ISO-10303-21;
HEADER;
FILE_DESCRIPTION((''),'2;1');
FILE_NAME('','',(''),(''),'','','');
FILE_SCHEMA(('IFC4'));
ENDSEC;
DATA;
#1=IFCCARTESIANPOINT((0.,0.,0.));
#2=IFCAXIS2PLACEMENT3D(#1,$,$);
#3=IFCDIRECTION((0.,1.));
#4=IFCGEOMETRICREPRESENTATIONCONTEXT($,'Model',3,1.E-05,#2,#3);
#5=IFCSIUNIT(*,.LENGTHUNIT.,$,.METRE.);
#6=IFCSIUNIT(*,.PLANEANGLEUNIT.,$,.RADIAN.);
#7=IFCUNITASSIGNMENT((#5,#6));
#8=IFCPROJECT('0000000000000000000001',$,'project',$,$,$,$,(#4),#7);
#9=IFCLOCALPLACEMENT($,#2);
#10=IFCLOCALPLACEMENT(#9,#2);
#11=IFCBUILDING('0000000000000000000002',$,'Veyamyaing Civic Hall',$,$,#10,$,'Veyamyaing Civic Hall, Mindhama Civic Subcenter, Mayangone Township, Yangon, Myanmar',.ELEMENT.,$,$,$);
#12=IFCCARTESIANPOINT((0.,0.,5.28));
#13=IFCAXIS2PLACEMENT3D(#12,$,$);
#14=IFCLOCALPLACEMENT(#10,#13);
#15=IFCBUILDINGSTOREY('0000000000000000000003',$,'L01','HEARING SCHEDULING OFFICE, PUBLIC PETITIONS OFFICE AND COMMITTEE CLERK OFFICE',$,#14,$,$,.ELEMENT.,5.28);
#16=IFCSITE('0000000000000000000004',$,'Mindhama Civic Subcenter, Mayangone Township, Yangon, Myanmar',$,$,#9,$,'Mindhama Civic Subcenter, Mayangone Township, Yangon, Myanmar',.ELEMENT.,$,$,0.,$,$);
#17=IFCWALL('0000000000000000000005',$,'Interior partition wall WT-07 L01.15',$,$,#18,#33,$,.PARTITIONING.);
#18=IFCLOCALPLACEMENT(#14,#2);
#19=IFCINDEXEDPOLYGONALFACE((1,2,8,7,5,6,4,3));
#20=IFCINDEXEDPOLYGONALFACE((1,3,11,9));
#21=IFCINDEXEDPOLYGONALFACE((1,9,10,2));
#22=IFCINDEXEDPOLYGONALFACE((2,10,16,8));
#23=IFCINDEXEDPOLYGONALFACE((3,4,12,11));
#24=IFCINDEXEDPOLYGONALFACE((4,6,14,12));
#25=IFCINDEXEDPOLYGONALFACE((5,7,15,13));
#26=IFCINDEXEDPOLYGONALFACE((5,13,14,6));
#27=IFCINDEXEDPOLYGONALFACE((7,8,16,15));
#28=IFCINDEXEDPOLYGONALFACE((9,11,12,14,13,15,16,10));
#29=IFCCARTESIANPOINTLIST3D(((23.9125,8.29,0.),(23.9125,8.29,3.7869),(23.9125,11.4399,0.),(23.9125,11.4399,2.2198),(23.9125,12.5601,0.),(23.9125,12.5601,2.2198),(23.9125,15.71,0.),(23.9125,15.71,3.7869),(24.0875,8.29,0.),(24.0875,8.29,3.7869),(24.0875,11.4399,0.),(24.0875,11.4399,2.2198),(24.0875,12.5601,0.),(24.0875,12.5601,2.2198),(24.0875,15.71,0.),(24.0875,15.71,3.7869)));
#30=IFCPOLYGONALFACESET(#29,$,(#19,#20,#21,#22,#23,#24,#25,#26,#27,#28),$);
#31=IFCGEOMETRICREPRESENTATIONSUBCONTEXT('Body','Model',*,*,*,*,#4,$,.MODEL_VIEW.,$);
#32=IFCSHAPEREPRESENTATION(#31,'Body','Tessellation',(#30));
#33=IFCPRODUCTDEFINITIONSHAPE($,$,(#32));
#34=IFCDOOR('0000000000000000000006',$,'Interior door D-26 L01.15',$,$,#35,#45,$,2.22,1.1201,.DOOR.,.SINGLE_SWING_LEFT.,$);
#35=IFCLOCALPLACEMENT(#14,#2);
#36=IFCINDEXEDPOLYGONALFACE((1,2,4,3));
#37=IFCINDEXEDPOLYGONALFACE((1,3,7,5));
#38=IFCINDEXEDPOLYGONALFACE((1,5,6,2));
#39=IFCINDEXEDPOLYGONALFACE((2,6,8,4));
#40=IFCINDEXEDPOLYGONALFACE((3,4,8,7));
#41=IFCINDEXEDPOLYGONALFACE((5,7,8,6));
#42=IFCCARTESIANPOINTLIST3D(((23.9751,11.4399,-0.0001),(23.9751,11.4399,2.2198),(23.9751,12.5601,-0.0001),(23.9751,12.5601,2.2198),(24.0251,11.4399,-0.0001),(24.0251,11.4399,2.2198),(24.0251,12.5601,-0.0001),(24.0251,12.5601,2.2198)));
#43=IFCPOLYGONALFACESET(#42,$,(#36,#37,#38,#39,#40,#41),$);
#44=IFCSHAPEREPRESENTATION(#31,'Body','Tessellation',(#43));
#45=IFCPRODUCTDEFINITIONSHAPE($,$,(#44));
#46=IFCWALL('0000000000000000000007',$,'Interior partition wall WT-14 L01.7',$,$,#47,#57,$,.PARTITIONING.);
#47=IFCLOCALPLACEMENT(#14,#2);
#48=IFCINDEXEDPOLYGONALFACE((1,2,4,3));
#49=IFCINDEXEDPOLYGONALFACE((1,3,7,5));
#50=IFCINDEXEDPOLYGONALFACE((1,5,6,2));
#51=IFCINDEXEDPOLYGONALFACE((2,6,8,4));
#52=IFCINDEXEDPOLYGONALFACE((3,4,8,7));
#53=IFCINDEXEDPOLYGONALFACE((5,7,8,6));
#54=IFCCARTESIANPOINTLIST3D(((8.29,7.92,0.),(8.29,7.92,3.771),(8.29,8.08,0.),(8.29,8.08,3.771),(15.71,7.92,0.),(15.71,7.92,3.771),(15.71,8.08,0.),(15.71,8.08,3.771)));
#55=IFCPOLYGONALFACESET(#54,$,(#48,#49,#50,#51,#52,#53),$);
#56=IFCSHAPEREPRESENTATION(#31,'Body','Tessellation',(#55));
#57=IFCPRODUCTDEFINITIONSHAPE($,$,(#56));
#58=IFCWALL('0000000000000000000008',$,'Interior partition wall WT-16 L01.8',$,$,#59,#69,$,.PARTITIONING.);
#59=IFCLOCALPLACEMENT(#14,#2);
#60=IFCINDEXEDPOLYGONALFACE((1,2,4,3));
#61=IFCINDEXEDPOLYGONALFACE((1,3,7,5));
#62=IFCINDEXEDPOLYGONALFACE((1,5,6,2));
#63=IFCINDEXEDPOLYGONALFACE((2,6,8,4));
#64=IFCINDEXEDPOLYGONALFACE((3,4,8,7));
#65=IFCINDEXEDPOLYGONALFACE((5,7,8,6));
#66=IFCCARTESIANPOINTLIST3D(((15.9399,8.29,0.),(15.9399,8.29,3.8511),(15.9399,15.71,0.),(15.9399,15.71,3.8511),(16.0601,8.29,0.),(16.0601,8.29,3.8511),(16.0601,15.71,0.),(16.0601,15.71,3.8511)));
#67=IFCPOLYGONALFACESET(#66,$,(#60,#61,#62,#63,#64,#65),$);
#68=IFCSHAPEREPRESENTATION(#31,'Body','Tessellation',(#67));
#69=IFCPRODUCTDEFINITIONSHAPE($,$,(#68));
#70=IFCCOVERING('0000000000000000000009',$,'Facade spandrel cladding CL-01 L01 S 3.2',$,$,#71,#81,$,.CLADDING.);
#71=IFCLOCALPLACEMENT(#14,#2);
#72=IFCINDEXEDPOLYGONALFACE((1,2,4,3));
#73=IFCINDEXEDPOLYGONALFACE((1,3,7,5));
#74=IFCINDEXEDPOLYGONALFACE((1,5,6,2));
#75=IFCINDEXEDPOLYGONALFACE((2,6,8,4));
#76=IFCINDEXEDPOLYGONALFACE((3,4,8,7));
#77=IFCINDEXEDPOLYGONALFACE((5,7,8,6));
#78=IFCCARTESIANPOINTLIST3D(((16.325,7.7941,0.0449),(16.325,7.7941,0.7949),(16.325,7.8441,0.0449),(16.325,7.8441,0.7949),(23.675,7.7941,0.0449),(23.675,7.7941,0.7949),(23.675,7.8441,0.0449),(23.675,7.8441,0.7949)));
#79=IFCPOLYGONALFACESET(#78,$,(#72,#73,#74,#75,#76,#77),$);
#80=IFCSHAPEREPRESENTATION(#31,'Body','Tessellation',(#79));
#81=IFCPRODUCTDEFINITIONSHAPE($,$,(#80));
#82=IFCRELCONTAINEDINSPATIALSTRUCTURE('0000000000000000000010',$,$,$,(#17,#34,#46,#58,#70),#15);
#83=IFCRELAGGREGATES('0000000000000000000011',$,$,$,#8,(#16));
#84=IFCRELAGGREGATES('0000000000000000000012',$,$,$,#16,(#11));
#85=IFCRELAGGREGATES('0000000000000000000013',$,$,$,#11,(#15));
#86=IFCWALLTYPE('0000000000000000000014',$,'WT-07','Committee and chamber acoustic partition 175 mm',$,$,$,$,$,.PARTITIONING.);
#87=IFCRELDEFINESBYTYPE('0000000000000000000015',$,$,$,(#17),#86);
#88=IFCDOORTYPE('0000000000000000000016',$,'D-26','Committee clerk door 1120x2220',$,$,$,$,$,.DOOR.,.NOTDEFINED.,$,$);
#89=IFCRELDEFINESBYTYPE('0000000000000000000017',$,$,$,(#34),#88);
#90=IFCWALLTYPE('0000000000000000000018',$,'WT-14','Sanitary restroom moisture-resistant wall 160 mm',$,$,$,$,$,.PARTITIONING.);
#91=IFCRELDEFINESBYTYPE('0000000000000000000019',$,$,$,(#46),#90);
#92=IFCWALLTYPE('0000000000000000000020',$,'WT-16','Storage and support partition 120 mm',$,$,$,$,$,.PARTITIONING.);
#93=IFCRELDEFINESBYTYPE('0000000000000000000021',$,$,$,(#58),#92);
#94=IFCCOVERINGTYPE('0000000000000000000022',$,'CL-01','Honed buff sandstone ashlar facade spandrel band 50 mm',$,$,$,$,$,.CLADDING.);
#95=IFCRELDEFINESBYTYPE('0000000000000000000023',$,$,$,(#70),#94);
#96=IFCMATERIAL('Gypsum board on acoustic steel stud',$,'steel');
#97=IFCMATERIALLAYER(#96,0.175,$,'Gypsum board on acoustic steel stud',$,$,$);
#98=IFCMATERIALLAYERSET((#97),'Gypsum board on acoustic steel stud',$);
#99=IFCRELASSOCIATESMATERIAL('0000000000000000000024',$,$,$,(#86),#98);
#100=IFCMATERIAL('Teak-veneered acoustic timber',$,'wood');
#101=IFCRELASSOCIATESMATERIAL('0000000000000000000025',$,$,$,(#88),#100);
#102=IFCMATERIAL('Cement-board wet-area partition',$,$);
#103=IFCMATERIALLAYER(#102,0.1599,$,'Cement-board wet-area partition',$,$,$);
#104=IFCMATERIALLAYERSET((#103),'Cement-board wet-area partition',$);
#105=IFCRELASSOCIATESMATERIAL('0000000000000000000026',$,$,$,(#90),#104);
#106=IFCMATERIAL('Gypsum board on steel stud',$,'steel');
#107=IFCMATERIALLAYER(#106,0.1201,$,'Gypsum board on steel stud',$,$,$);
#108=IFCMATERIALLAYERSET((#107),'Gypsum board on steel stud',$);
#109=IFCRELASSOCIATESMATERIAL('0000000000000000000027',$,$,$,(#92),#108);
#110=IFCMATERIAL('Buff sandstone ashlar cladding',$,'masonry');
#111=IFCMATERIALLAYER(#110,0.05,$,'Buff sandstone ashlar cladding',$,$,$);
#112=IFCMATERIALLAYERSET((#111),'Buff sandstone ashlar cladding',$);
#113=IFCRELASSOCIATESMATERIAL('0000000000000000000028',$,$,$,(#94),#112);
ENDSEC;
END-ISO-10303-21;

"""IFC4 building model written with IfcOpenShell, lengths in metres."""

from ifc_helpers import new_model, si_unit, direction, frame, frame_2d, origin, origin_2d, place, context, subcontext, project, spatial, rectangle, extrude, material, layer, layer_set, type_object, element, fill, save


model = new_model("IFC4")

# Units and contexts
model_context = context("Model", 3, precision=1e-05, world=origin(), true_north=direction((0.0, 1.0)))
body_context = subcontext(model_context, "Body", "Model", "MODEL_VIEW")
ifc_project = project(units=[si_unit("LENGTHUNIT", "METRE"), si_unit("PLANEANGLEUNIT", "RADIAN")], contexts=[model_context])

# Site, building, storey
site_placement = place(None, origin())
site = spatial("IfcSite", under=ifc_project, at=site_placement, Name="Mindhama Civic Subcenter, Mayangone Township, Yangon, Myanmar", LongName="Mindhama Civic Subcenter, Mayangone Township, Yangon, Myanmar", CompositionType="ELEMENT", RefElevation=0.0)
building_placement = place(site_placement, origin())
building = spatial("IfcBuilding", under=site, at=building_placement, Name="Veyamyaing Civic Hall", LongName="Veyamyaing Civic Hall, Mindhama Civic Subcenter, Mayangone Township, Yangon, Myanmar", CompositionType="ELEMENT")
storey_placement = place(building_placement, frame((0.0, 0.0, 5.28)))
storey = spatial("IfcBuildingStorey", under=building, at=storey_placement, Name="L01", Description="HEARING SCHEDULING OFFICE, PUBLIC PETITIONS OFFICE AND COMMITTEE CLERK OFFICE", CompositionType="ELEMENT", Elevation=5.28)

# Wall, opening, door
ifc_material_1 = material(Name="Gypsum board on acoustic steel stud", Category="steel")
ifc_layer_1 = layer(ifc_material_1, 0.175, Name="Gypsum board on acoustic steel stud")
ifc_layer_set_1 = layer_set([ifc_layer_1], Name="Gypsum board on acoustic steel stud")
wall_type_1 = type_object("IfcWallType", Name="WT-07", Description="Committee and chamber acoustic partition 175 mm", PredefinedType="PARTITIONING", material=ifc_layer_set_1)
wall_1_placement = place(storey_placement, frame((24.0, 8.29, 0.0), z_axis=(0.0, 0.0, 1.0), x_axis=(0.0, 1.0, 0.0)))
wall_1 = element("IfcWall", 1, at=wall_1_placement, inside=storey, type_object=wall_type_1, Name="Interior partition wall WT-07 L01.15", PredefinedType="PARTITIONING", context=body_context, shape_type="SweptSolid", body=[
    extrude(rectangle(XDim=7.4199, YDim=0.175, at=frame_2d((3.71, 0.0))), origin(), (0.0, 0.0, 1.0), 3.7869),
])
opening_1_placement = place(wall_1_placement, frame((3.1499, 0.0, 0.0)))
opening_1 = element("IfcOpeningElement", 2, at=opening_1_placement, cuts=wall_1, PredefinedType="OPENING", context=body_context, shape_type="SweptSolid", body=[
    extrude(rectangle(XDim=1.1201, YDim=2.22, at=frame_2d((0.5601, 1.1099))), frame((0.0, 0.0974, 0.0), z_axis=(0.0, -1.0, 0.0), x_axis=(1.0, 0.0, 0.0)), (0.0, 0.0, 1.0), 0.1951),
])
ifc_material_2 = material(Name="Teak-veneered acoustic timber", Category="wood")
door_type = type_object("IfcDoorType", Name="D-26", Description="Committee clerk door 1120x2220", OperationType="NOTDEFINED", PredefinedType="DOOR", material=ifc_material_2)
door_placement = place(opening_1_placement, origin())
door = element("IfcDoor", 3, at=door_placement, inside=storey, type_object=door_type, Name="Interior door D-26 L01.15", OperationType="SINGLE_SWING_LEFT", OverallHeight=2.22, OverallWidth=1.1201, PredefinedType="DOOR", context=body_context, shape_type="SweptSolid", body=[
    extrude(rectangle(XDim=1.1201, YDim=2.22, at=frame_2d((0.5601, 1.1099))), frame((0.0, 0.0249, 0.0), z_axis=(0.0, -1.0, 0.0), x_axis=(1.0, 0.0, 0.0)), (0.0, 0.0, 1.0), 0.05),
])
fill(opening_1, door)

# Walls
ifc_material_3 = material(Name="Cement-board wet-area partition")
ifc_layer_2 = layer(ifc_material_3, 0.1599, Name="Cement-board wet-area partition")
ifc_layer_set_2 = layer_set([ifc_layer_2], Name="Cement-board wet-area partition")
wall_type_2 = type_object("IfcWallType", Name="WT-14", Description="Sanitary restroom moisture-resistant wall 160 mm", PredefinedType="PARTITIONING", material=ifc_layer_set_2)
wall_2_placement = place(storey_placement, frame((8.29, 8.0, 0.0), z_axis=(0.0, 0.0, 1.0), x_axis=(1.0, 0.0, 0.0)))
element("IfcWall", 4, at=wall_2_placement, inside=storey, type_object=wall_type_2, Name="Interior partition wall WT-14 L01.7", PredefinedType="PARTITIONING", context=body_context, shape_type="SweptSolid", body=[
    extrude(rectangle(XDim=7.4199, YDim=0.1599, at=frame_2d((3.71, 0.0))), origin(), (0.0, 0.0, 1.0), 3.771),
])
ifc_material_4 = material(Name="Gypsum board on steel stud", Category="steel")
ifc_layer_3 = layer(ifc_material_4, 0.1201, Name="Gypsum board on steel stud")
ifc_layer_set_3 = layer_set([ifc_layer_3], Name="Gypsum board on steel stud")
wall_type_3 = type_object("IfcWallType", Name="WT-16", Description="Storage and support partition 120 mm", PredefinedType="PARTITIONING", material=ifc_layer_set_3)
wall_3_placement = place(storey_placement, frame((16.0, 8.29, 0.0), z_axis=(0.0, 0.0, 1.0), x_axis=(0.0, 1.0, 0.0)))
element("IfcWall", 5, at=wall_3_placement, inside=storey, type_object=wall_type_3, Name="Interior partition wall WT-16 L01.8", PredefinedType="PARTITIONING", context=body_context, shape_type="SweptSolid", body=[
    extrude(rectangle(XDim=7.4199, YDim=0.1201, at=frame_2d((3.71, 0.0))), origin(), (0.0, 0.0, 1.0), 3.8511),
])

# Covering
ifc_material_5 = material(Name="Buff sandstone ashlar cladding", Category="masonry")
ifc_layer_4 = layer(ifc_material_5, 0.05, Name="Buff sandstone ashlar cladding")
ifc_layer_set_4 = layer_set([ifc_layer_4], Name="Buff sandstone ashlar cladding")
covering_type = type_object("IfcCoveringType", Name="CL-01", Description="Honed buff sandstone ashlar facade spandrel band 50 mm", PredefinedType="CLADDING", material=ifc_layer_set_4)
covering_placement = place(storey_placement, frame((20.0, 7.8191, 0.0449), z_axis=(0.0, 0.0, 1.0), x_axis=(1.0, 0.0, 0.0)))
element("IfcCovering", 6, at=covering_placement, inside=storey, type_object=covering_type, Name="Facade spandrel cladding CL-01 L01 S 3.2", PredefinedType="CLADDING", context=body_context, shape_type="SweptSolid", body=[
    extrude(rectangle(XDim=7.3501, YDim=0.05, at=origin_2d()), origin(), (0.0, 0.0, 1.0), 0.75),
])

save(model, "model.ifc")
